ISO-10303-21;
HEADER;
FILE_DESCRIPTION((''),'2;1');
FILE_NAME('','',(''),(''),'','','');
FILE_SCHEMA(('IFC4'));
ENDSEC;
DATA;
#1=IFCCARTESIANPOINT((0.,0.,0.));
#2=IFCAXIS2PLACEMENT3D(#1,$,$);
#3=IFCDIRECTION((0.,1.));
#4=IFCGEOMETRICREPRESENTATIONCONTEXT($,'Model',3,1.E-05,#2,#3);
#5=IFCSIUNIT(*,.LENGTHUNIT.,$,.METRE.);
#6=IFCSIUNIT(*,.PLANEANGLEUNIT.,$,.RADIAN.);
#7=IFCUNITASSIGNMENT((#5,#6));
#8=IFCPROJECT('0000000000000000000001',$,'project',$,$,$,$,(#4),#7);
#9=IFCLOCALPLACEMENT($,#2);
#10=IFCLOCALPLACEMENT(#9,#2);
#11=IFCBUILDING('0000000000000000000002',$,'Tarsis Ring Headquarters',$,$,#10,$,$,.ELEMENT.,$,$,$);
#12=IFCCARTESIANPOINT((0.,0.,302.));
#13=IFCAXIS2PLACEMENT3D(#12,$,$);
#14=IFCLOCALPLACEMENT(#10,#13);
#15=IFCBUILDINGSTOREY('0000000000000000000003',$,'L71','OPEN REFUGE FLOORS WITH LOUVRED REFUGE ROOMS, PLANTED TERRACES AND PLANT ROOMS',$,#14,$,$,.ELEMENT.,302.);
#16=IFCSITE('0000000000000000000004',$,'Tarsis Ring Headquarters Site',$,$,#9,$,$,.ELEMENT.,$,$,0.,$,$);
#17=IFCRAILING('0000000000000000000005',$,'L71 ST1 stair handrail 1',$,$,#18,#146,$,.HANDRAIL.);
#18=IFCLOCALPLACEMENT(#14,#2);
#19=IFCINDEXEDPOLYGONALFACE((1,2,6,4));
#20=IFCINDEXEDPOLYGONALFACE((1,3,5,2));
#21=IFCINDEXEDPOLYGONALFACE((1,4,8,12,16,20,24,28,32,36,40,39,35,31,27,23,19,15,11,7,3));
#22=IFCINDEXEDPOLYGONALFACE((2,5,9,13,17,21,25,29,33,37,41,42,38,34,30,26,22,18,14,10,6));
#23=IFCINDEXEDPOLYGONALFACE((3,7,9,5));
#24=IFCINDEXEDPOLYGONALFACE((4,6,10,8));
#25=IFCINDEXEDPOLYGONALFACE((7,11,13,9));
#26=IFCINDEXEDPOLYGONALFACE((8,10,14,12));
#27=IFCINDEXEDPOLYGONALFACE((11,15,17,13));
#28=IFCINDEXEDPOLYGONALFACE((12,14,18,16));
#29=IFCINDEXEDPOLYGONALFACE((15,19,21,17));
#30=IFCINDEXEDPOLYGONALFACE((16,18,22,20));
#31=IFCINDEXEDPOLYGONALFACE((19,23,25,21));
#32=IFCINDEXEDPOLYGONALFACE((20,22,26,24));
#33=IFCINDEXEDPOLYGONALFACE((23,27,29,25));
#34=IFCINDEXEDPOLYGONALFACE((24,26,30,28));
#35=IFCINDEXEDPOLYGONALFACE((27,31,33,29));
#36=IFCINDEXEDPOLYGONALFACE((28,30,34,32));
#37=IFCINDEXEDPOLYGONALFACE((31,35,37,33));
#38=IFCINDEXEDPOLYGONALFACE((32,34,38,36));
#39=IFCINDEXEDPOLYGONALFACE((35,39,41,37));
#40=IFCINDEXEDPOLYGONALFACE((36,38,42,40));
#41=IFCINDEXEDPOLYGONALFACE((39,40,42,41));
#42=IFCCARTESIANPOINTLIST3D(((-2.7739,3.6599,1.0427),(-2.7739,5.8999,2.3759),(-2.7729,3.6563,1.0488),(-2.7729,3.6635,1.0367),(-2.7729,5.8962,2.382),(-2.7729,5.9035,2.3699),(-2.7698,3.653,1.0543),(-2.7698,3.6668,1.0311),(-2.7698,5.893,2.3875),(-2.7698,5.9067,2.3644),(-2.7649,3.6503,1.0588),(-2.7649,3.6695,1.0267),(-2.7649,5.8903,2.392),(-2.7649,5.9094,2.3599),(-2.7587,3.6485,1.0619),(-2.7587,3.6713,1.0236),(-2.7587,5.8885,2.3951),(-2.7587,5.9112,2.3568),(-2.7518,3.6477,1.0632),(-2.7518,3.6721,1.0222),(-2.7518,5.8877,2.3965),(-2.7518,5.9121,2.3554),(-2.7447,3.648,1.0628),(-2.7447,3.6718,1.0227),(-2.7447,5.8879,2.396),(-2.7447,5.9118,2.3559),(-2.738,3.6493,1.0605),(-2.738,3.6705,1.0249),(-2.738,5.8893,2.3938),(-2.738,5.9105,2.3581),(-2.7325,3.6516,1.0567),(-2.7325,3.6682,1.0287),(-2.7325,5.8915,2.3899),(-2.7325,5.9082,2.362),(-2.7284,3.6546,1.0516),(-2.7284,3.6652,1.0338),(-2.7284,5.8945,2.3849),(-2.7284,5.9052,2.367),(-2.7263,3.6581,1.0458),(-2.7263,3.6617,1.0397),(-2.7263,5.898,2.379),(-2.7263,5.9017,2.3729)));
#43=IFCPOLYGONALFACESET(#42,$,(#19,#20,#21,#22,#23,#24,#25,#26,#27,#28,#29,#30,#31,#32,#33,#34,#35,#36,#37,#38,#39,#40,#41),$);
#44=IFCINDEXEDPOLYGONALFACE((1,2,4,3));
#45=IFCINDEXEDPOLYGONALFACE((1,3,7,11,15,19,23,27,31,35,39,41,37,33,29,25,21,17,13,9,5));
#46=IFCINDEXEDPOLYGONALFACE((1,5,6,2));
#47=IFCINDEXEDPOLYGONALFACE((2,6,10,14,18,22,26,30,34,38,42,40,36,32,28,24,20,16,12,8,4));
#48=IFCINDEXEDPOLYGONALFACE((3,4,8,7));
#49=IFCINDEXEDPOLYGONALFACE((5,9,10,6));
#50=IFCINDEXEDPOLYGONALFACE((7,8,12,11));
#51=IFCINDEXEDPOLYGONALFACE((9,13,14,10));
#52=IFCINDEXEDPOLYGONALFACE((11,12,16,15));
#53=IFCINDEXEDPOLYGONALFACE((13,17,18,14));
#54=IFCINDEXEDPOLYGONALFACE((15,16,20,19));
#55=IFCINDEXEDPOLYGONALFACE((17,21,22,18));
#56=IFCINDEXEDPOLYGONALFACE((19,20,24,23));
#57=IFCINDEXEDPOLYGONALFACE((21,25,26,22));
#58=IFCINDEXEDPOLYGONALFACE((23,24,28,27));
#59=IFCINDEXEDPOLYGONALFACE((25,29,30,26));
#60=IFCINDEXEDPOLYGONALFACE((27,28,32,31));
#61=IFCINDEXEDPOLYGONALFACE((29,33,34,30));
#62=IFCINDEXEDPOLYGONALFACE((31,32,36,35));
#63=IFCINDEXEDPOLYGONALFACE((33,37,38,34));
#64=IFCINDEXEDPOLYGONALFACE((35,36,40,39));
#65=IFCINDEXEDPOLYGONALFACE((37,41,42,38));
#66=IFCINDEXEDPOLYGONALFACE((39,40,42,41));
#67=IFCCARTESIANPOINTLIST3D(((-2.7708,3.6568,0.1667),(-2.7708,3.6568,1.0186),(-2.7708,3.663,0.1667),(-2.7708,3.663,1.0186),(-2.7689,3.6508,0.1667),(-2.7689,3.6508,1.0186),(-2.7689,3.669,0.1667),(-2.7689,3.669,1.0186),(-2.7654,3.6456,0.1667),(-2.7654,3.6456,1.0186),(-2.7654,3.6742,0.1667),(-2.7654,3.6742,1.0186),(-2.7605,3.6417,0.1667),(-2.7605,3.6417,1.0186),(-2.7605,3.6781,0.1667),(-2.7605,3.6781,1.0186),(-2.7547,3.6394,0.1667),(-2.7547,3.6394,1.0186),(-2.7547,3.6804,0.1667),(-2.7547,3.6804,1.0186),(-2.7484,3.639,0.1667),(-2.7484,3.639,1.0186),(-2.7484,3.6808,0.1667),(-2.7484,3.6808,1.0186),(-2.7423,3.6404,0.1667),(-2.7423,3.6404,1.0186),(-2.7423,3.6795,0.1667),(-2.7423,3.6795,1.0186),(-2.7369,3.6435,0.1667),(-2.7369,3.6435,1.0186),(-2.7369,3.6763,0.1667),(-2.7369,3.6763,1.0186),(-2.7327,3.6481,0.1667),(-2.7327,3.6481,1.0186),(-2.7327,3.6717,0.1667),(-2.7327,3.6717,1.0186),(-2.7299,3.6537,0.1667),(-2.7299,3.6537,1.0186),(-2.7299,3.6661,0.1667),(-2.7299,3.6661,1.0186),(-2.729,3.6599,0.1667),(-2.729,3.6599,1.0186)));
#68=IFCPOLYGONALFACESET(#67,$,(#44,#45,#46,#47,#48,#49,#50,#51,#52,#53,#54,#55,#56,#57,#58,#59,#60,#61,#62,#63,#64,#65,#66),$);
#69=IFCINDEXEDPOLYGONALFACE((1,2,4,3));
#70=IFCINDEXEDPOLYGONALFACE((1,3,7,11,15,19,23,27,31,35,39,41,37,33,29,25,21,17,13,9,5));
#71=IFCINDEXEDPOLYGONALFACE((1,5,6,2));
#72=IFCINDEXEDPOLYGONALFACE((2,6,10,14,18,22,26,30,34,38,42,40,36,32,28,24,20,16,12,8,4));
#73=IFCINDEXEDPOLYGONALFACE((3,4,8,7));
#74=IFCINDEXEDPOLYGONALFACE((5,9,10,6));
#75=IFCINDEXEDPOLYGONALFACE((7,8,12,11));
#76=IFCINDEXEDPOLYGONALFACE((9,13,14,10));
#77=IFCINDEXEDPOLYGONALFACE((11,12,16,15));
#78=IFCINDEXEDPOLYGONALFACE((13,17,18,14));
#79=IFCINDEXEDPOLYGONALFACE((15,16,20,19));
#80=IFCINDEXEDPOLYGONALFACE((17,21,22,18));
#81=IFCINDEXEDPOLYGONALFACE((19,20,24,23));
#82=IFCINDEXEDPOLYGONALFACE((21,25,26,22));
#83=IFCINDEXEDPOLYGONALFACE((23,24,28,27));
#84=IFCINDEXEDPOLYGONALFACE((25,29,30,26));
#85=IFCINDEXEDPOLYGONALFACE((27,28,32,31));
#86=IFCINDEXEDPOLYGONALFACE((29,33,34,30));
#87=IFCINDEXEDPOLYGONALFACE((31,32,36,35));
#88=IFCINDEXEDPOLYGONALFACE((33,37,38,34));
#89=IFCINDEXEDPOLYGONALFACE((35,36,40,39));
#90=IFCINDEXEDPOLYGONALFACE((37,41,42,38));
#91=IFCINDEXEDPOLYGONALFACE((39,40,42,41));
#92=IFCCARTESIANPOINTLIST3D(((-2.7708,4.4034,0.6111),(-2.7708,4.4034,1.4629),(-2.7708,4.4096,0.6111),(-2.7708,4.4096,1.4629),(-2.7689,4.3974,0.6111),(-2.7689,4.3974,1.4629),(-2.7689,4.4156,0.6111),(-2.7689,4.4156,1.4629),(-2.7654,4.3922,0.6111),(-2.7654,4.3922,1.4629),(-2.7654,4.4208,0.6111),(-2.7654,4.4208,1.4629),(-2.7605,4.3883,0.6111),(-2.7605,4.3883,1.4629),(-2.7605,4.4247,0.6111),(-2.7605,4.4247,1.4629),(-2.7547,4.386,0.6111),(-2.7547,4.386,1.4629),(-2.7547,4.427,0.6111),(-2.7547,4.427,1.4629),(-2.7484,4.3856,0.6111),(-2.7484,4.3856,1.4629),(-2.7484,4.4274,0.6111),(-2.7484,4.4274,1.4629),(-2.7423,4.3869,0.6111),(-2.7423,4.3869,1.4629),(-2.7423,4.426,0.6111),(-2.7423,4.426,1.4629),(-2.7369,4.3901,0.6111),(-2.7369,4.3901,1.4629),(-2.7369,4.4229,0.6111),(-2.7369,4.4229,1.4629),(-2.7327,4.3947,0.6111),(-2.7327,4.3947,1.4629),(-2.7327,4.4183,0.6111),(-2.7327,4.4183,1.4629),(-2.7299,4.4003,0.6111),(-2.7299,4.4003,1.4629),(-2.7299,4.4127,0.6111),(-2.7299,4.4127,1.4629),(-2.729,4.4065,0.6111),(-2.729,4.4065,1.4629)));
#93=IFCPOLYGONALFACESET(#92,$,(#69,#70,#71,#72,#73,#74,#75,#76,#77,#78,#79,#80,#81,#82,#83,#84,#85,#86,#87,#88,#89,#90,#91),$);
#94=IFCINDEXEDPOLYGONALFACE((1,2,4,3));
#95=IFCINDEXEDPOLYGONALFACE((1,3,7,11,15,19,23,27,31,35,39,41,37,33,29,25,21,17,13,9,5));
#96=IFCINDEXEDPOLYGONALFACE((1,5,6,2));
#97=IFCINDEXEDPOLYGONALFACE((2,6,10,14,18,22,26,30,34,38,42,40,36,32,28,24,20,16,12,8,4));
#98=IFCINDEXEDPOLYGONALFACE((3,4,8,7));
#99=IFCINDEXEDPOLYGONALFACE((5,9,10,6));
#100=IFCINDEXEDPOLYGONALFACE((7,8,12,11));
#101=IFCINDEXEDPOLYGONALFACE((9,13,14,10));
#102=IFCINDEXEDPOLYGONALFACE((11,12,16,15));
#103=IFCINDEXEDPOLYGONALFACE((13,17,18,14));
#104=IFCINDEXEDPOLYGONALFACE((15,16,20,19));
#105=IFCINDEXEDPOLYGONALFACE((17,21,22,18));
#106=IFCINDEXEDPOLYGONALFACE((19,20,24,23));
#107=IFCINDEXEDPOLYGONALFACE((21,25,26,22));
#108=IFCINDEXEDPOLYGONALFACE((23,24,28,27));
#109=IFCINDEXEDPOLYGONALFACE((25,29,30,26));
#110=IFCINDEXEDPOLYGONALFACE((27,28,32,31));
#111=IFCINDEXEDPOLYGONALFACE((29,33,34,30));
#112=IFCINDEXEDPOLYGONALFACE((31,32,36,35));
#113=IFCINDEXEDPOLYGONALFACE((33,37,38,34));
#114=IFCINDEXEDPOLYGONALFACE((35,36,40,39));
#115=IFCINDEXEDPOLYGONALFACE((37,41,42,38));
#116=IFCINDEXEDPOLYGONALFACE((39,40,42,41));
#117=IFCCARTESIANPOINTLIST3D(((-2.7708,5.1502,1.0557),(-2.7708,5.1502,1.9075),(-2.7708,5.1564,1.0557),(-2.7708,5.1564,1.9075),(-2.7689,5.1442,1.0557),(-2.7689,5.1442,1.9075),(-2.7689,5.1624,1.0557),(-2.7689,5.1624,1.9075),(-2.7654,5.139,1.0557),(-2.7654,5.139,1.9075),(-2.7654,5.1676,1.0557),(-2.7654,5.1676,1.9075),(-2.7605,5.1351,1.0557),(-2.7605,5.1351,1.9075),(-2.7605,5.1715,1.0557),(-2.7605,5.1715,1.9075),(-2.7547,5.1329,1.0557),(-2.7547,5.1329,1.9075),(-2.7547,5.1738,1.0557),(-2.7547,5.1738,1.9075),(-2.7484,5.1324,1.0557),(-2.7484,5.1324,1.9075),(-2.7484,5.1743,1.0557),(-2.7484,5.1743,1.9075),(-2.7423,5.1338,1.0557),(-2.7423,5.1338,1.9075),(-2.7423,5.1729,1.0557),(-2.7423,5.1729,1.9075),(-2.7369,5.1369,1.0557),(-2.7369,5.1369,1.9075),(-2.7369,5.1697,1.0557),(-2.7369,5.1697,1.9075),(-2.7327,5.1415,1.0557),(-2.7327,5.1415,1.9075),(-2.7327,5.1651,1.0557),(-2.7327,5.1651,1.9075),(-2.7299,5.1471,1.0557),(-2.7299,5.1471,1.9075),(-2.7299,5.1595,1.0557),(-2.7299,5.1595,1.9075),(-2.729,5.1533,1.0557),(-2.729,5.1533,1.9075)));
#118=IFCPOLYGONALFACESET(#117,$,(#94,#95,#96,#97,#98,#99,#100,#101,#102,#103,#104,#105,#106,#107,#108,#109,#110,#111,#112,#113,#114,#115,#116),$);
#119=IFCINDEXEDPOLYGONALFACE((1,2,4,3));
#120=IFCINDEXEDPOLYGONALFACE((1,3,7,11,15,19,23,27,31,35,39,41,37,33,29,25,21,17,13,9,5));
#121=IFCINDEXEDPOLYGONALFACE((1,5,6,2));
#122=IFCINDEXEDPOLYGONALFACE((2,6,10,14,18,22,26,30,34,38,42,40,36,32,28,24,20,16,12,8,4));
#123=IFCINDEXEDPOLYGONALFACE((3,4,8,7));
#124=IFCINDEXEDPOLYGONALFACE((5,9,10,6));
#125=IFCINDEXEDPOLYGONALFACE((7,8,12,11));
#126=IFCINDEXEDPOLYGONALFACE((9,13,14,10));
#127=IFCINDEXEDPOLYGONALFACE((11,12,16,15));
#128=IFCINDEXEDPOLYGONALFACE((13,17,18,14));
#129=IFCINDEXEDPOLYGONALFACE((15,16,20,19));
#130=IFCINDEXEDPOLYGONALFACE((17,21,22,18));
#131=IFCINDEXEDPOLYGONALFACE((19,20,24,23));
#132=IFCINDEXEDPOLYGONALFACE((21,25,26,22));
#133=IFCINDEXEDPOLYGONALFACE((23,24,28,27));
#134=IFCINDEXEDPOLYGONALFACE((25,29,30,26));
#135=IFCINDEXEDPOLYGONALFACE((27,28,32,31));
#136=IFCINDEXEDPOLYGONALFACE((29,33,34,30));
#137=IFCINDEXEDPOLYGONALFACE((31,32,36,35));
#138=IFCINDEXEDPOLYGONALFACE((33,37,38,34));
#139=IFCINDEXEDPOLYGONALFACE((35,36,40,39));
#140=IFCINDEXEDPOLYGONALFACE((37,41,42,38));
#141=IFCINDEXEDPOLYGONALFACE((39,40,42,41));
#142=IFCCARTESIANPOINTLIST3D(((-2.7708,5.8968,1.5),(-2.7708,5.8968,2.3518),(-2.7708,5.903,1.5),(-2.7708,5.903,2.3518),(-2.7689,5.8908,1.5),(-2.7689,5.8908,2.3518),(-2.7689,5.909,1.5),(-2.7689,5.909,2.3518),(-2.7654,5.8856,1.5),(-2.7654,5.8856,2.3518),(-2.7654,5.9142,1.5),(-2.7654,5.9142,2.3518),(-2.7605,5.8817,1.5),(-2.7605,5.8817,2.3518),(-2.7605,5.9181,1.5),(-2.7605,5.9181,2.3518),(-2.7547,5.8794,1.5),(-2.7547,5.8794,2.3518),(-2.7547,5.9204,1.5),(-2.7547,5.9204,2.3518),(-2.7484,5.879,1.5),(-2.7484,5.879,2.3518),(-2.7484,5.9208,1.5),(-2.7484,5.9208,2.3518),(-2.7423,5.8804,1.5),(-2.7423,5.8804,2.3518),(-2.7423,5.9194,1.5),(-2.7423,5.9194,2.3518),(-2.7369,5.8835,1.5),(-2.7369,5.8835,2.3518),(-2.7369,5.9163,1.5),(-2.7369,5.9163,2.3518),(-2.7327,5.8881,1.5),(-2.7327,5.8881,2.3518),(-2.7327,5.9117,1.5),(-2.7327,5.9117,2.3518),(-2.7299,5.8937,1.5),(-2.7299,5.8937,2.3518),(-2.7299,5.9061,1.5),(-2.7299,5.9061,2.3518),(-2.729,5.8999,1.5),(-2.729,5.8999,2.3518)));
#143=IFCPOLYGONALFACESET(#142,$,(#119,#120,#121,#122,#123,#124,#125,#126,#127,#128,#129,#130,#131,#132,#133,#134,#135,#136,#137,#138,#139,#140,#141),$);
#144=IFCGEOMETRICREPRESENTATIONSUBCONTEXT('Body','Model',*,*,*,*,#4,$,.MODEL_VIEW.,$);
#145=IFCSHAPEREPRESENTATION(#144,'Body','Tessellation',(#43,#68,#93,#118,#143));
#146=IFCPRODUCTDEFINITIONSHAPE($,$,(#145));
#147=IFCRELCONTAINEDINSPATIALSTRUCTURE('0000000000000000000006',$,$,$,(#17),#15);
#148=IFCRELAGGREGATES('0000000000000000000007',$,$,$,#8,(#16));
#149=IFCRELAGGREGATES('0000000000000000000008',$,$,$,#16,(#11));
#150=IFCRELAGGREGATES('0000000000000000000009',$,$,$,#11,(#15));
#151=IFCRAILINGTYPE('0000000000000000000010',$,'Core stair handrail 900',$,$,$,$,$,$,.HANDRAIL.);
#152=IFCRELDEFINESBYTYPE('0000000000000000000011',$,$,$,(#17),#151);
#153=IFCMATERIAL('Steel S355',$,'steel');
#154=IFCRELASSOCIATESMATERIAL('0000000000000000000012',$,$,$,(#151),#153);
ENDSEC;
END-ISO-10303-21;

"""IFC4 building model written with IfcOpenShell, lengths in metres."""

from ifc_helpers import new_model, si_unit, direction, frame, origin, origin_2d, place, context, subcontext, project, spatial, circle, extrude, material, type_object, element, save


model = new_model("IFC4")

# Units and contexts
model_context = context("Model", 3, precision=1e-05, world=origin(), true_north=direction((0.0, 1.0)))
body_context = subcontext(model_context, "Body", "Model", "MODEL_VIEW")
ifc_project = project(units=[si_unit("LENGTHUNIT", "METRE"), si_unit("PLANEANGLEUNIT", "RADIAN")], contexts=[model_context])

# Site, building, storey
site_placement = place(None, origin())
site = spatial("IfcSite", under=ifc_project, at=site_placement, Name="Tarsis Ring Headquarters Site", CompositionType="ELEMENT", RefElevation=0.0)
building_placement = place(site_placement, origin())
building = spatial("IfcBuilding", under=site, at=building_placement, Name="Tarsis Ring Headquarters", CompositionType="ELEMENT")
storey_placement = place(building_placement, frame((0.0, 0.0, 302.0)))
storey = spatial("IfcBuildingStorey", under=building, at=storey_placement, Name="L71", Description="OPEN REFUGE FLOORS WITH LOUVRED REFUGE ROOMS, PLANTED TERRACES AND PLANT ROOMS", CompositionType="ELEMENT", Elevation=302.0)

# Shared definitions
ifc_material_1 = material(Name="Steel S355", Category="steel")

# Railing
railing_type_1 = type_object("IfcRailingType", Name="Core stair handrail 900", PredefinedType="HANDRAIL", material=ifc_material_1)
for number, where, name in (
    (1, (-2.75, 3.6599, 0.1667), "L71 ST1 stair handrail 1"),
):
    element("IfcRailing", number, at=place(storey_placement, frame(where)), inside=storey, type_object=railing_type_1, Name=name, PredefinedType="HANDRAIL", context=body_context, shape_type="SweptSolid", body=[
        extrude(circle(Radius=0.0239, at=origin_2d()), frame((0.0, 0.0, 0.876), z_axis=(0.0, 0.859306, 0.511462), x_axis=(-1.0, 0.0, 0.0)), (0.0, 0.0, 1.0), 2.6067),
        extrude(circle(Radius=0.021, at=origin_2d()), origin(), (0.0, 0.0, 1.0), 0.8518),
        extrude(circle(Radius=0.021, at=origin_2d()), frame((0.0, 0.7466, 0.4443)), (0.0, 0.0, 1.0), 0.8518),
        extrude(circle(Radius=0.021, at=origin_2d()), frame((0.0, 1.4934, 0.8889)), (0.0, 0.0, 1.0), 0.8518),
        extrude(circle(Radius=0.021, at=origin_2d()), frame((0.0, 2.24, 1.3333)), (0.0, 0.0, 1.0), 0.8518),
    ])

save(model, "model.ifc")
